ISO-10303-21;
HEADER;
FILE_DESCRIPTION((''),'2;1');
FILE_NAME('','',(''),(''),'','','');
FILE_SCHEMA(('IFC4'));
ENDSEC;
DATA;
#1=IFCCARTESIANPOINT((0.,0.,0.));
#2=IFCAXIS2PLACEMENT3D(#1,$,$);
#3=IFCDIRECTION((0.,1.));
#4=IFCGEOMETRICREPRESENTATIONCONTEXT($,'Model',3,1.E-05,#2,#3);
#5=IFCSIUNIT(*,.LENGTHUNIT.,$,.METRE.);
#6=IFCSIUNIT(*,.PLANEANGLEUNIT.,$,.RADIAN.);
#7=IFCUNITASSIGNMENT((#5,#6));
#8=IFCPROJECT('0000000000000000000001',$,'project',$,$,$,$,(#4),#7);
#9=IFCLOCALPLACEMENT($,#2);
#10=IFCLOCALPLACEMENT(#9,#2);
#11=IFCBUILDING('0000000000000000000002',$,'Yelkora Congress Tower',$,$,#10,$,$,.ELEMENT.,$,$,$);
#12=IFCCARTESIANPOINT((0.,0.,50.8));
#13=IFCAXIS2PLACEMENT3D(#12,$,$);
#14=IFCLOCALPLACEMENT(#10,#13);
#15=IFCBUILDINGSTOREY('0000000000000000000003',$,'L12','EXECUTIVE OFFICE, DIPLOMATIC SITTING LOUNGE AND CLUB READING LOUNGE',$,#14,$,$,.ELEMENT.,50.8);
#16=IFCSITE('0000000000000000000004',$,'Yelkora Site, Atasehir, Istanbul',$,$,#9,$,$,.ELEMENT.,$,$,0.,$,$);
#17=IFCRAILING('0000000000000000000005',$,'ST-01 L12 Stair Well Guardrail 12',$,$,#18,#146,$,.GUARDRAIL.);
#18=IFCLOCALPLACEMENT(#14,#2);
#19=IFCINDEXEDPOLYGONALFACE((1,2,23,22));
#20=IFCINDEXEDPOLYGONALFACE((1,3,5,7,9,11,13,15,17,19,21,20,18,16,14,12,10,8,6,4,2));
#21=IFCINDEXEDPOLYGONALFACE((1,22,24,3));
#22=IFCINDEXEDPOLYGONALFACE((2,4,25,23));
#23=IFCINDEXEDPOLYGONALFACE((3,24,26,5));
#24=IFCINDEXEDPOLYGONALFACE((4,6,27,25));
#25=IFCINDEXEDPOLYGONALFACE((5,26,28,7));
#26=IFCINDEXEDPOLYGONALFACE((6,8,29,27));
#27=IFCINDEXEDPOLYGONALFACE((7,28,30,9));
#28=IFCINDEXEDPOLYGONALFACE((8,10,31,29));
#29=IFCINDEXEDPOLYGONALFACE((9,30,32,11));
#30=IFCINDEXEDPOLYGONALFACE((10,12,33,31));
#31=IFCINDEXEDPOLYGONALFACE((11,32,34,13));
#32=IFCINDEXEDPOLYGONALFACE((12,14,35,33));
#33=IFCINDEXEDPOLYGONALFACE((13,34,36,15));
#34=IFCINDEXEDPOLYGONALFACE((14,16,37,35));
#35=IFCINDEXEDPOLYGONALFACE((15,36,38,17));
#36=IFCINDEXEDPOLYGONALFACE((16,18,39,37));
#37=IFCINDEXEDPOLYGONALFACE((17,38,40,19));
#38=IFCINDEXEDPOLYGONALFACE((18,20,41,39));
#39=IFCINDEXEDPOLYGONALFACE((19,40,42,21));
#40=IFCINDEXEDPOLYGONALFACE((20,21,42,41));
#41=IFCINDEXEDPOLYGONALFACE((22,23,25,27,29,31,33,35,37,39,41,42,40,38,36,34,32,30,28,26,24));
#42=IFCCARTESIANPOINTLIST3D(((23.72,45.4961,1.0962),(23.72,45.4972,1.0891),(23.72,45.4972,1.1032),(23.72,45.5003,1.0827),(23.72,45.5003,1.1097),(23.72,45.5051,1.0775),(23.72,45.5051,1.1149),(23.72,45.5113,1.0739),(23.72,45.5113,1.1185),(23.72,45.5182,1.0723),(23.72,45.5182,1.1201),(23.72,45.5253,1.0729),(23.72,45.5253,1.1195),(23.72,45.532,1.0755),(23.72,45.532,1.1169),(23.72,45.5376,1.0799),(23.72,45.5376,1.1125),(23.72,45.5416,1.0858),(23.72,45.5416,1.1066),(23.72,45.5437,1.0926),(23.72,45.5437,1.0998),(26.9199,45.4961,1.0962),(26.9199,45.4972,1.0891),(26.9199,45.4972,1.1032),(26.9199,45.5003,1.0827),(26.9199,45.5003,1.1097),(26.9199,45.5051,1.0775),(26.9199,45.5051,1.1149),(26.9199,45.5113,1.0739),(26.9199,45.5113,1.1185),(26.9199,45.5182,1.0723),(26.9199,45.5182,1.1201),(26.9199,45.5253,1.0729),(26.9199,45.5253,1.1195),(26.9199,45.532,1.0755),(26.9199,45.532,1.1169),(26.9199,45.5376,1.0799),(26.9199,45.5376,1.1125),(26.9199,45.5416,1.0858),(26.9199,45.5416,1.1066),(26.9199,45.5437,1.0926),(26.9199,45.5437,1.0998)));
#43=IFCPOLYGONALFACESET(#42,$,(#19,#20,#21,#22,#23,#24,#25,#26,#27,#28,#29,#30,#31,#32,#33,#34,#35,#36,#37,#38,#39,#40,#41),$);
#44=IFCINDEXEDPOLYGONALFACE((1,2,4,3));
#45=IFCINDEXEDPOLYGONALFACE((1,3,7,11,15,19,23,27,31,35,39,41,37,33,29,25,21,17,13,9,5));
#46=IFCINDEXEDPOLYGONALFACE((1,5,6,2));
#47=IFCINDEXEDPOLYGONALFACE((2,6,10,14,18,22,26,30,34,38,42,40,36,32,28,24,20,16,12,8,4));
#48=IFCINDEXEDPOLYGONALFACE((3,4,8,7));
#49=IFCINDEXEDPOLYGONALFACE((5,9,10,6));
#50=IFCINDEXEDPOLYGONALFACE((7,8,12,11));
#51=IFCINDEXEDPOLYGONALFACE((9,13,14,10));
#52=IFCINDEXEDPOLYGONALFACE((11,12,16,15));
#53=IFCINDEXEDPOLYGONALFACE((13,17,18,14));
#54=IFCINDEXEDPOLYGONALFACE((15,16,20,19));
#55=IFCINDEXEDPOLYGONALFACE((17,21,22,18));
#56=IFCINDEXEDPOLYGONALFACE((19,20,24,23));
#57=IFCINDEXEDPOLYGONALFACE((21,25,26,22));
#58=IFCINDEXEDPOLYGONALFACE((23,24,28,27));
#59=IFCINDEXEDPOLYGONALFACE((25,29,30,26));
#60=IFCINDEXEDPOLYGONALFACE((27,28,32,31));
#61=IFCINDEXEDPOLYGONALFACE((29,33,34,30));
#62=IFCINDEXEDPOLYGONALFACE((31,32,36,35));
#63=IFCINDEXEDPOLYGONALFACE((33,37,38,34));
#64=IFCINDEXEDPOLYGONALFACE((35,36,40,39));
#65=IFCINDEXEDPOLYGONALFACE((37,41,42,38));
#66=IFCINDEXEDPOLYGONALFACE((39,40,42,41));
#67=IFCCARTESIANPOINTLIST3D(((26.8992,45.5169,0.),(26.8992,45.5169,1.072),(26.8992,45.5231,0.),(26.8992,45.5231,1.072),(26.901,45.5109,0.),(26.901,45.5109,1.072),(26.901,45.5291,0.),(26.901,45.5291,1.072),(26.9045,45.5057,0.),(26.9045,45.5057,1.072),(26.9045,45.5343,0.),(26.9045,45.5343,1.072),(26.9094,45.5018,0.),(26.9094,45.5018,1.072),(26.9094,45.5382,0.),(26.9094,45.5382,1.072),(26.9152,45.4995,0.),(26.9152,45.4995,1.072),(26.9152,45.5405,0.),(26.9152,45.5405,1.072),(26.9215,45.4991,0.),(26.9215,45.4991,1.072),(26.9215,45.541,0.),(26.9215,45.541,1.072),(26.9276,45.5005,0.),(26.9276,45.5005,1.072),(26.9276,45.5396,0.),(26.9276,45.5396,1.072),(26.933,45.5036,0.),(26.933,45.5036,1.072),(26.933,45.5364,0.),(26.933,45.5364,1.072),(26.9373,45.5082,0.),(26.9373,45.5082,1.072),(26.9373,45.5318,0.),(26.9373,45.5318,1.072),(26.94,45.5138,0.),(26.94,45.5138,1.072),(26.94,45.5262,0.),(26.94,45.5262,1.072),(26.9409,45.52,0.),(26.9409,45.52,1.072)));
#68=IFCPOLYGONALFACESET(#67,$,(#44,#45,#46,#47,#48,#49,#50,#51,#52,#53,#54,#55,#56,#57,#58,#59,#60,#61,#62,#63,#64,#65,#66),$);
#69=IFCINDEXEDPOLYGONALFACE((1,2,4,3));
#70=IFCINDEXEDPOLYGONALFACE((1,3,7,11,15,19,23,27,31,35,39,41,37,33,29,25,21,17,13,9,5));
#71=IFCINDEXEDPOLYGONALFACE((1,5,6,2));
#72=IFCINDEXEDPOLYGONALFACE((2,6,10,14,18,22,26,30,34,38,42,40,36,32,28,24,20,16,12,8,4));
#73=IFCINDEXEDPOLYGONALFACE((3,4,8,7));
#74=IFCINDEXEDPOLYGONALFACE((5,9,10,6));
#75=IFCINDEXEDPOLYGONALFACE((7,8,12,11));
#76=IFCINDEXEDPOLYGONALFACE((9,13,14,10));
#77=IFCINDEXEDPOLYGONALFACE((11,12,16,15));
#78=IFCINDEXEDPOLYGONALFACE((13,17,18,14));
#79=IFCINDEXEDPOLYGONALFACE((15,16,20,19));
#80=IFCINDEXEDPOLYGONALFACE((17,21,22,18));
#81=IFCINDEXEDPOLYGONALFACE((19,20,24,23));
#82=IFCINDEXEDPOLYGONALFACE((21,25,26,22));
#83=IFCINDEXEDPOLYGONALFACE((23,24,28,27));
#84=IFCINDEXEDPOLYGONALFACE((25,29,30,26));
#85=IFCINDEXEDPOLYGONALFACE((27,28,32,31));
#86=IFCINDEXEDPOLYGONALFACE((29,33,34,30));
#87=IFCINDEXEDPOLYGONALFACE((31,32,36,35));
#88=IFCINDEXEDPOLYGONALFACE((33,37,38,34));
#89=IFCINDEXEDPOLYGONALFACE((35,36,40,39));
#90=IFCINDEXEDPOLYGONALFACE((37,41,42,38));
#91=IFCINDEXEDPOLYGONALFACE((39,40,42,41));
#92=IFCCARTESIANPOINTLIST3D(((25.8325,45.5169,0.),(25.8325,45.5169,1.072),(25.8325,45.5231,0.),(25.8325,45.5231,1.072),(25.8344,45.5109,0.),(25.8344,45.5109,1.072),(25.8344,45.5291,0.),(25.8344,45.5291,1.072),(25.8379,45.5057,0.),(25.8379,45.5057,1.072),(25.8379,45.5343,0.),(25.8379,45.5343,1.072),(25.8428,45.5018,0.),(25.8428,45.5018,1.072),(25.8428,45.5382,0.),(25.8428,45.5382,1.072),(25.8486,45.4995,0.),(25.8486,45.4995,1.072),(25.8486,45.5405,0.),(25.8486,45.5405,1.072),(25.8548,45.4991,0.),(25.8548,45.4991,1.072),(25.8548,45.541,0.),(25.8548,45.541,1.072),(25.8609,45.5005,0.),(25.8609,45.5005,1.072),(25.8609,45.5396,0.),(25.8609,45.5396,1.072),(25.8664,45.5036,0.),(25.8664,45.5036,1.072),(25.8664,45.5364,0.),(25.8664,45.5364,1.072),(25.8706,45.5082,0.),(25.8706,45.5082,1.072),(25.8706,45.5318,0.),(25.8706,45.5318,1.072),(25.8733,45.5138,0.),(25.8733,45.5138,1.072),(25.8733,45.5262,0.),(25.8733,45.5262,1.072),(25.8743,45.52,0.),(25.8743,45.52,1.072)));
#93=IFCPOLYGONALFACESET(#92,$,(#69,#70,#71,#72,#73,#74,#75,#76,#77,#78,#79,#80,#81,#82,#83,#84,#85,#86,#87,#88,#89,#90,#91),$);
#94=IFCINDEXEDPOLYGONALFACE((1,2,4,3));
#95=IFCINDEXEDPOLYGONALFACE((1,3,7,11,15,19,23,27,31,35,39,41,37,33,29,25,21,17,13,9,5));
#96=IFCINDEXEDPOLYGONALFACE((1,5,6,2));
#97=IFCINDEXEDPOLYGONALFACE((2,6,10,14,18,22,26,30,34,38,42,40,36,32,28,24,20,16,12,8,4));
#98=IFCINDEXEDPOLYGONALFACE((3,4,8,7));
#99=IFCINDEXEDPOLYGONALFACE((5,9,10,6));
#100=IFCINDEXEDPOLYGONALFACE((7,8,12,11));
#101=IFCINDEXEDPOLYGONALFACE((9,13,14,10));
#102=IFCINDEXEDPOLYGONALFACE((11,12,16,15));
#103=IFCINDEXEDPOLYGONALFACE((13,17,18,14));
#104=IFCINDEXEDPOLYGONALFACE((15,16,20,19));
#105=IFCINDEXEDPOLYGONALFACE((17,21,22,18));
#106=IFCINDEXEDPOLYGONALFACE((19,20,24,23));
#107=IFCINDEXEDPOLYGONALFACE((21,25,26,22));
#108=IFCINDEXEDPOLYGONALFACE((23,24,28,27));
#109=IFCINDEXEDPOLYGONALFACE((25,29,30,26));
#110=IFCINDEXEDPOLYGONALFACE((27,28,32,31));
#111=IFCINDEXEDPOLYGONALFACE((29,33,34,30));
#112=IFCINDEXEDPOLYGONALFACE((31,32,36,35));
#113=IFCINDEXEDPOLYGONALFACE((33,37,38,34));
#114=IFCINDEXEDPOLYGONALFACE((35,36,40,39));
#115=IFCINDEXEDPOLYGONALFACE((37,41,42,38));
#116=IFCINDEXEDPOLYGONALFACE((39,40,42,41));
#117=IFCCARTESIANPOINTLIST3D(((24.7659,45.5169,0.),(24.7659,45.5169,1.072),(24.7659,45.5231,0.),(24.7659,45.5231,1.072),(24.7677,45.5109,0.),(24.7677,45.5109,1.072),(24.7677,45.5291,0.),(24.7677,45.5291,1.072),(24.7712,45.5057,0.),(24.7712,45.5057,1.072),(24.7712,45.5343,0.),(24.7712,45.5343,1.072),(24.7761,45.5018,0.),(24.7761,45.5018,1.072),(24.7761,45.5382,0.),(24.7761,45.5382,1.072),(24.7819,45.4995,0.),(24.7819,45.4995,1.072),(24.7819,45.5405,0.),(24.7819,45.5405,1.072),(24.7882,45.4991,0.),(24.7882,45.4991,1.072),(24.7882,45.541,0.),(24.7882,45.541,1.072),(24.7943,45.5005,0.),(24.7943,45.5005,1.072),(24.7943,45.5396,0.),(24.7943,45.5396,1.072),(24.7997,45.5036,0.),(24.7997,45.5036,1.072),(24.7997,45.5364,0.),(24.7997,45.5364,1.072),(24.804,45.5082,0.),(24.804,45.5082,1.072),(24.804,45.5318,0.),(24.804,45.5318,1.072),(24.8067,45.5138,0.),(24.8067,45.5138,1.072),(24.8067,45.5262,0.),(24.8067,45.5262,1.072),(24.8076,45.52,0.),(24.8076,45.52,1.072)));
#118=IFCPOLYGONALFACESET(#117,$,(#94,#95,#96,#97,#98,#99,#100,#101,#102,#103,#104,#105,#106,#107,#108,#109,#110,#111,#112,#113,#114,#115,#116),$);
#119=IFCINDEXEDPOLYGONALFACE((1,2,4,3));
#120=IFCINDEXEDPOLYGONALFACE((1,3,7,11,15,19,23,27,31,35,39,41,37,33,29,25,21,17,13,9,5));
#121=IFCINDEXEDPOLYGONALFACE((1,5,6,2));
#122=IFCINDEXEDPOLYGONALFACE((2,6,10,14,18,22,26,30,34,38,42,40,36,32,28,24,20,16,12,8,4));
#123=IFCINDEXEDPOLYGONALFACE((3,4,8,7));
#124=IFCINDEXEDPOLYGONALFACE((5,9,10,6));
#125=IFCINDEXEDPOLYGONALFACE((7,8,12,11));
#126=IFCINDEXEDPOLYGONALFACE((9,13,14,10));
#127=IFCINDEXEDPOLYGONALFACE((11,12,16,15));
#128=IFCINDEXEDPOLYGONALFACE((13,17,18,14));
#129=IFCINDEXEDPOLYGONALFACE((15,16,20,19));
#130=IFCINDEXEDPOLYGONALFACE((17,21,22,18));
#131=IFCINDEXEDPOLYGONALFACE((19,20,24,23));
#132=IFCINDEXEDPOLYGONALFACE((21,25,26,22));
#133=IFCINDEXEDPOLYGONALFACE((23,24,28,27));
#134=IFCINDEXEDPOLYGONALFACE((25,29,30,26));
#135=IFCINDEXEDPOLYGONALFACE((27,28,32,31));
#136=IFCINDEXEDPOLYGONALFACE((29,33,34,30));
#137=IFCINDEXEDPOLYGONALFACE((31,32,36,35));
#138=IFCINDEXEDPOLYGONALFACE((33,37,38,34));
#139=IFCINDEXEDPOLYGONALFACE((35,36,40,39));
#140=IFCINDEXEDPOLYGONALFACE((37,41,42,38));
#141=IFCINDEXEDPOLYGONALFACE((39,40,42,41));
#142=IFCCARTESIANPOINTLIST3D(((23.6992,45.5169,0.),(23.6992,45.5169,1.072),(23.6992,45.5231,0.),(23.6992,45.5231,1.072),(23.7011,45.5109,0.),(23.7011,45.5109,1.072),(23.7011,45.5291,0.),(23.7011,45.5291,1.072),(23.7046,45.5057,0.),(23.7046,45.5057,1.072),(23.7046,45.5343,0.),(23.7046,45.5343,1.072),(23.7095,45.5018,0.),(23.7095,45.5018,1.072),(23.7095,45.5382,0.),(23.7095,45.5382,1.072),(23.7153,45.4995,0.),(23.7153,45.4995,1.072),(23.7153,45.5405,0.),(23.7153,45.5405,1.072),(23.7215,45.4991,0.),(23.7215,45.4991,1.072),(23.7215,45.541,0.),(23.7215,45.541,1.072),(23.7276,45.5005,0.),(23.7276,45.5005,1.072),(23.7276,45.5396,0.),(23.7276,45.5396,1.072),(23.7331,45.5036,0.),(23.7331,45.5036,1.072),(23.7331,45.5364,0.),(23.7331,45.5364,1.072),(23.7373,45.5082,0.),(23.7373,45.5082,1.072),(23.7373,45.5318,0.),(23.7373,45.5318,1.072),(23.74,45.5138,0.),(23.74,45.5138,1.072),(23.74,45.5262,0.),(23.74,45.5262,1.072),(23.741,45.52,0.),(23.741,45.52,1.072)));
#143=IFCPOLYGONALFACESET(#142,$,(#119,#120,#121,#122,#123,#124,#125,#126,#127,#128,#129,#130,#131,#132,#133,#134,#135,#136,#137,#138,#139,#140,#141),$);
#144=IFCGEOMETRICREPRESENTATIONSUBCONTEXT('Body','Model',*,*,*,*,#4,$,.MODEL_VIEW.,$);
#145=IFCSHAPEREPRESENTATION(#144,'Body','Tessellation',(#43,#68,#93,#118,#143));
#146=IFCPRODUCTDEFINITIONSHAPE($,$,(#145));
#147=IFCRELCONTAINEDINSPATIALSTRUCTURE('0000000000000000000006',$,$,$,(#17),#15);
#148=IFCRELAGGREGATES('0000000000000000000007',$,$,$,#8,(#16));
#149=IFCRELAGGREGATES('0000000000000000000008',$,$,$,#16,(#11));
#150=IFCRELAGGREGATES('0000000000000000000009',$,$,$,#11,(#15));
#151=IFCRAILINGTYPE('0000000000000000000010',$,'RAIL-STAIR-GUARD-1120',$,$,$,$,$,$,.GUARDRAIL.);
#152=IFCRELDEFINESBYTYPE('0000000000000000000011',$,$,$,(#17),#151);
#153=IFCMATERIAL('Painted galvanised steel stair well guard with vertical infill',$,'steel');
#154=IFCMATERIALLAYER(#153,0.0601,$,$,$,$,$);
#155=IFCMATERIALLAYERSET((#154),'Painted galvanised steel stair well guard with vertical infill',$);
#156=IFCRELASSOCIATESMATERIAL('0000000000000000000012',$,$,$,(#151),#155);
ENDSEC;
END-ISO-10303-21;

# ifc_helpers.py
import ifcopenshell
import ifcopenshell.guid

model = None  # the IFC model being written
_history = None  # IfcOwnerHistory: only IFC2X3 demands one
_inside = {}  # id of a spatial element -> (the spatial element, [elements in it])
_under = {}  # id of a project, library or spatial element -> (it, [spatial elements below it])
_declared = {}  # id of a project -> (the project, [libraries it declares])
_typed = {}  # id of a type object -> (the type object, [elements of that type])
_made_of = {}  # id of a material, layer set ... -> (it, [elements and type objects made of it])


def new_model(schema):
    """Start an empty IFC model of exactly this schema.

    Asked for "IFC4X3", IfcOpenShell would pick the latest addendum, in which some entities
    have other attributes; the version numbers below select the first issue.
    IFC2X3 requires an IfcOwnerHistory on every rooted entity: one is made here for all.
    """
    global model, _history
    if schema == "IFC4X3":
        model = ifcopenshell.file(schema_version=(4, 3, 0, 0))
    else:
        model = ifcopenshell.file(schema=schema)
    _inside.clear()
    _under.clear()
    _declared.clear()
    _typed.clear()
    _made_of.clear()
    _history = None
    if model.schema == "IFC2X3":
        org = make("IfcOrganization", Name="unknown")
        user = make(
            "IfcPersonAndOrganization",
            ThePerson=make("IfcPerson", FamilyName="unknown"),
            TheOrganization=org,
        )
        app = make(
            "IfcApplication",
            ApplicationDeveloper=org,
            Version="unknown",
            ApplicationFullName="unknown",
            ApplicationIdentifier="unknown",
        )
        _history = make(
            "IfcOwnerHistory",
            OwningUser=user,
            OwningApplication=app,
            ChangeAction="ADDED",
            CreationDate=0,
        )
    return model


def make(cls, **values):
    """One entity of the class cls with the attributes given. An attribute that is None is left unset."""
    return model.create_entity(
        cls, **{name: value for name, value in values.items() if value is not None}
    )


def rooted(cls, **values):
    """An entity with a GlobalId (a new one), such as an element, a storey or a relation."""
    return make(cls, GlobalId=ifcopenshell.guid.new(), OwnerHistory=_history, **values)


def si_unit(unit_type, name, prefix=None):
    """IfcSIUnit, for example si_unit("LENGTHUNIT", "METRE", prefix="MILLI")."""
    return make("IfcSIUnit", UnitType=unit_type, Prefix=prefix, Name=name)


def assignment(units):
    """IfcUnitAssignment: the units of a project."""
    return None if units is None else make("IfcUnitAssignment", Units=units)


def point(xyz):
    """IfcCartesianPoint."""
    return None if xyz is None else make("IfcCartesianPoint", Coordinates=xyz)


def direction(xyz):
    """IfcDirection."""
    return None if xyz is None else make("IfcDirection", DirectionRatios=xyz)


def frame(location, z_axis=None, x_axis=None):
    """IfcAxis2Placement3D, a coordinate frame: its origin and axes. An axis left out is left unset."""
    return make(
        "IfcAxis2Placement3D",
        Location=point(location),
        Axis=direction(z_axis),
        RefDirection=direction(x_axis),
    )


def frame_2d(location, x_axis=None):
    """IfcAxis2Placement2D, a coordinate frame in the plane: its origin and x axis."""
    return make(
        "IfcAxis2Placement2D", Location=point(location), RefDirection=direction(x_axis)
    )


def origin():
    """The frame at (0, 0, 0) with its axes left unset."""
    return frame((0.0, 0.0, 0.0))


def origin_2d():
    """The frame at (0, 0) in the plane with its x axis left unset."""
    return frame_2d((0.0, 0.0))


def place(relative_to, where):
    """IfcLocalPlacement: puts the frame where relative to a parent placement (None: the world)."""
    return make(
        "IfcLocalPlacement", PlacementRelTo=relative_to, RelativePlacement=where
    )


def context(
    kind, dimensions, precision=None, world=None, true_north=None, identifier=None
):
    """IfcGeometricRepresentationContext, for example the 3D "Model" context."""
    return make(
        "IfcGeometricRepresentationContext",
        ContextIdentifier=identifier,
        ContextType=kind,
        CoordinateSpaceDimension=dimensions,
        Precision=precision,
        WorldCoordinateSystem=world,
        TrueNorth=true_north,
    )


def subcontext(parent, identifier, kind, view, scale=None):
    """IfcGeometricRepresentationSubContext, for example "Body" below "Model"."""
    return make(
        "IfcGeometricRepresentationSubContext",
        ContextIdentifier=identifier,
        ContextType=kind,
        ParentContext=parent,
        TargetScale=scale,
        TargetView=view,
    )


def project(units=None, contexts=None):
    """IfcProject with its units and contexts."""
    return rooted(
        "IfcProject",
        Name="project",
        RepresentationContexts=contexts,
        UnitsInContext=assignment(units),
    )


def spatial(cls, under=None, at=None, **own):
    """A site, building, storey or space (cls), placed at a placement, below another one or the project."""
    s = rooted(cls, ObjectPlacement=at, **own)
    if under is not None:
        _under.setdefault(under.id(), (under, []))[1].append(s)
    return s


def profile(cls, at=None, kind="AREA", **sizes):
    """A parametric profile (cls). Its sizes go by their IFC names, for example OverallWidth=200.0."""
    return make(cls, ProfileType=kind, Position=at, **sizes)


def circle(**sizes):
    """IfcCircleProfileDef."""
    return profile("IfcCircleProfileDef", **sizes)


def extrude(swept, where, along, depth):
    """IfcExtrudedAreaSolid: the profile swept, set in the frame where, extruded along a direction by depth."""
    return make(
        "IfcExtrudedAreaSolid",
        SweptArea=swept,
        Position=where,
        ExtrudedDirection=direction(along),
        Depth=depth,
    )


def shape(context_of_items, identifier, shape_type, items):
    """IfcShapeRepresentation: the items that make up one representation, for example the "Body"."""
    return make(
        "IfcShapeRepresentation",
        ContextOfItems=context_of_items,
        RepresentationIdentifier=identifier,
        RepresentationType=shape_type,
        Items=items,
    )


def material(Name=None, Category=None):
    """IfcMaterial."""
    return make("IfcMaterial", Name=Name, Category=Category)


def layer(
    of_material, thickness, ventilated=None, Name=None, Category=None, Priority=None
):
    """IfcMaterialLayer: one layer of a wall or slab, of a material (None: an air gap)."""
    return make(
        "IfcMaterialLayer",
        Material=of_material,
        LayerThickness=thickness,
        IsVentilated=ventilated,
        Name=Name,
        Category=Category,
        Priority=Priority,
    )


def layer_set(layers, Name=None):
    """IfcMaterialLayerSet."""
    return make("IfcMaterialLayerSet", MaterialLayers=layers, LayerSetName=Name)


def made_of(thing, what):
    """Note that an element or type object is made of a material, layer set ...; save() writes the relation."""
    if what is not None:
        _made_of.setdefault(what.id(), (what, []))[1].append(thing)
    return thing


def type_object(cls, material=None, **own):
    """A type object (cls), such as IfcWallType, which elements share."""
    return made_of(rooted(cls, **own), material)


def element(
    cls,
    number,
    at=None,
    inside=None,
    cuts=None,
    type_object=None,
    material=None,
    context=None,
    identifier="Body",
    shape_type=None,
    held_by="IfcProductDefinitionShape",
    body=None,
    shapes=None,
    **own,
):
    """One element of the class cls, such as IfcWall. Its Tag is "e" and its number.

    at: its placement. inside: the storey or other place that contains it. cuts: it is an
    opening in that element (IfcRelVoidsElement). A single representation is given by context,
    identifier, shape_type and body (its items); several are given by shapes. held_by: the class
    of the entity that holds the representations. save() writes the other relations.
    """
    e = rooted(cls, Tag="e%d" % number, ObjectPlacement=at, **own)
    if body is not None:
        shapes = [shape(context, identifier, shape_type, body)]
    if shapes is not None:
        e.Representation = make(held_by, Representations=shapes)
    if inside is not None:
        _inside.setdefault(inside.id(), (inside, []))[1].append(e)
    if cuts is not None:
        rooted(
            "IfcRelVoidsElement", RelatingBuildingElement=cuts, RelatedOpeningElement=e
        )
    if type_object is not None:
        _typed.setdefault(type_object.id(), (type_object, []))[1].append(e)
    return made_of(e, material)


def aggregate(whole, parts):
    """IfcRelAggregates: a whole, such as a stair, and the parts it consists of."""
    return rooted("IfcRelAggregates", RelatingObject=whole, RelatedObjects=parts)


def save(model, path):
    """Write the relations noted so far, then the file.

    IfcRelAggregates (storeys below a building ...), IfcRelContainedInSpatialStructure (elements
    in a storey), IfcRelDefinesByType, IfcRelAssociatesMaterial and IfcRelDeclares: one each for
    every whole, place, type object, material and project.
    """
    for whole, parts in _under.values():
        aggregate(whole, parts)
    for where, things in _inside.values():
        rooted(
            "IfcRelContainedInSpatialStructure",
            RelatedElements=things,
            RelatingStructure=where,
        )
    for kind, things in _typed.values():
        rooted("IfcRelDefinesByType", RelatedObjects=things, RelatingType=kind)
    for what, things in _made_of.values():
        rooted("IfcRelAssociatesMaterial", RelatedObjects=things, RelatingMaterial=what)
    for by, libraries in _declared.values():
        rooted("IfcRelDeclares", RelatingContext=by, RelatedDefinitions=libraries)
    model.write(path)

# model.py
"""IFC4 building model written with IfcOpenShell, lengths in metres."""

from ifc_helpers import new_model, si_unit, direction, frame, origin, origin_2d, place, context, subcontext, project, spatial, circle, extrude, material, layer, layer_set, type_object, element, save


model = new_model("IFC4")

# Units and contexts
model_context = context("Model", 3, precision=1e-05, world=origin(), true_north=direction((0.0, 1.0)))
body_context = subcontext(model_context, "Body", "Model", "MODEL_VIEW")
ifc_project = project(units=[si_unit("LENGTHUNIT", "METRE"), si_unit("PLANEANGLEUNIT", "RADIAN")], contexts=[model_context])

# Site, building, storey
site_placement = place(None, origin())
site = spatial("IfcSite", under=ifc_project, at=site_placement, Name="Yelkora Site, Atasehir, Istanbul", CompositionType="ELEMENT", RefElevation=0.0)
building_placement = place(site_placement, origin())
building = spatial("IfcBuilding", under=site, at=building_placement, Name="Yelkora Congress Tower", CompositionType="ELEMENT")
storey_placement = place(building_placement, frame((0.0, 0.0, 50.8)))
storey = spatial("IfcBuildingStorey", under=building, at=storey_placement, Name="L12", Description="EXECUTIVE OFFICE, DIPLOMATIC SITTING LOUNGE AND CLUB READING LOUNGE", CompositionType="ELEMENT", Elevation=50.8)

# Railing
ifc_material_1 = material(Name="Painted galvanised steel stair well guard with vertical infill", Category="steel")
ifc_layer_1 = layer(ifc_material_1, 0.0601)
ifc_layer_set_1 = layer_set([ifc_layer_1], Name="Painted galvanised steel stair well guard with vertical infill")
railing_type_1 = type_object("IfcRailingType", Name="RAIL-STAIR-GUARD-1120", PredefinedType="GUARDRAIL", material=ifc_layer_set_1)
railing_1_placement = place(storey_placement, frame((26.9199, 45.52, 0.0)))
element("IfcRailing", 1, at=railing_1_placement, inside=storey, type_object=railing_type_1, Name="ST-01 L12 Stair Well Guardrail 12", PredefinedType="GUARDRAIL", context=body_context, shape_type="SweptSolid", body=[
    extrude(circle(Radius=0.0239, at=origin_2d()), frame((0.0, 0.0, 1.0962), z_axis=(-1.0, 0.0, 0.0), x_axis=(0.0, -1.0, 0.0)), (0.0, 0.0, 1.0), 3.2),
    extrude(circle(Radius=0.021, at=origin_2d()), origin(), (0.0, 0.0, 1.0), 1.072),
    extrude(circle(Radius=0.021, at=origin_2d()), frame((-1.0667, 0.0, 0.0)), (0.0, 0.0, 1.0), 1.072),
    extrude(circle(Radius=0.021, at=origin_2d()), frame((-2.1333, 0.0, 0.0)), (0.0, 0.0, 1.0), 1.072),
    extrude(circle(Radius=0.021, at=origin_2d()), frame((-3.2, 0.0, 0.0)), (0.0, 0.0, 1.0), 1.072),
])

save(model, "model.ifc")
